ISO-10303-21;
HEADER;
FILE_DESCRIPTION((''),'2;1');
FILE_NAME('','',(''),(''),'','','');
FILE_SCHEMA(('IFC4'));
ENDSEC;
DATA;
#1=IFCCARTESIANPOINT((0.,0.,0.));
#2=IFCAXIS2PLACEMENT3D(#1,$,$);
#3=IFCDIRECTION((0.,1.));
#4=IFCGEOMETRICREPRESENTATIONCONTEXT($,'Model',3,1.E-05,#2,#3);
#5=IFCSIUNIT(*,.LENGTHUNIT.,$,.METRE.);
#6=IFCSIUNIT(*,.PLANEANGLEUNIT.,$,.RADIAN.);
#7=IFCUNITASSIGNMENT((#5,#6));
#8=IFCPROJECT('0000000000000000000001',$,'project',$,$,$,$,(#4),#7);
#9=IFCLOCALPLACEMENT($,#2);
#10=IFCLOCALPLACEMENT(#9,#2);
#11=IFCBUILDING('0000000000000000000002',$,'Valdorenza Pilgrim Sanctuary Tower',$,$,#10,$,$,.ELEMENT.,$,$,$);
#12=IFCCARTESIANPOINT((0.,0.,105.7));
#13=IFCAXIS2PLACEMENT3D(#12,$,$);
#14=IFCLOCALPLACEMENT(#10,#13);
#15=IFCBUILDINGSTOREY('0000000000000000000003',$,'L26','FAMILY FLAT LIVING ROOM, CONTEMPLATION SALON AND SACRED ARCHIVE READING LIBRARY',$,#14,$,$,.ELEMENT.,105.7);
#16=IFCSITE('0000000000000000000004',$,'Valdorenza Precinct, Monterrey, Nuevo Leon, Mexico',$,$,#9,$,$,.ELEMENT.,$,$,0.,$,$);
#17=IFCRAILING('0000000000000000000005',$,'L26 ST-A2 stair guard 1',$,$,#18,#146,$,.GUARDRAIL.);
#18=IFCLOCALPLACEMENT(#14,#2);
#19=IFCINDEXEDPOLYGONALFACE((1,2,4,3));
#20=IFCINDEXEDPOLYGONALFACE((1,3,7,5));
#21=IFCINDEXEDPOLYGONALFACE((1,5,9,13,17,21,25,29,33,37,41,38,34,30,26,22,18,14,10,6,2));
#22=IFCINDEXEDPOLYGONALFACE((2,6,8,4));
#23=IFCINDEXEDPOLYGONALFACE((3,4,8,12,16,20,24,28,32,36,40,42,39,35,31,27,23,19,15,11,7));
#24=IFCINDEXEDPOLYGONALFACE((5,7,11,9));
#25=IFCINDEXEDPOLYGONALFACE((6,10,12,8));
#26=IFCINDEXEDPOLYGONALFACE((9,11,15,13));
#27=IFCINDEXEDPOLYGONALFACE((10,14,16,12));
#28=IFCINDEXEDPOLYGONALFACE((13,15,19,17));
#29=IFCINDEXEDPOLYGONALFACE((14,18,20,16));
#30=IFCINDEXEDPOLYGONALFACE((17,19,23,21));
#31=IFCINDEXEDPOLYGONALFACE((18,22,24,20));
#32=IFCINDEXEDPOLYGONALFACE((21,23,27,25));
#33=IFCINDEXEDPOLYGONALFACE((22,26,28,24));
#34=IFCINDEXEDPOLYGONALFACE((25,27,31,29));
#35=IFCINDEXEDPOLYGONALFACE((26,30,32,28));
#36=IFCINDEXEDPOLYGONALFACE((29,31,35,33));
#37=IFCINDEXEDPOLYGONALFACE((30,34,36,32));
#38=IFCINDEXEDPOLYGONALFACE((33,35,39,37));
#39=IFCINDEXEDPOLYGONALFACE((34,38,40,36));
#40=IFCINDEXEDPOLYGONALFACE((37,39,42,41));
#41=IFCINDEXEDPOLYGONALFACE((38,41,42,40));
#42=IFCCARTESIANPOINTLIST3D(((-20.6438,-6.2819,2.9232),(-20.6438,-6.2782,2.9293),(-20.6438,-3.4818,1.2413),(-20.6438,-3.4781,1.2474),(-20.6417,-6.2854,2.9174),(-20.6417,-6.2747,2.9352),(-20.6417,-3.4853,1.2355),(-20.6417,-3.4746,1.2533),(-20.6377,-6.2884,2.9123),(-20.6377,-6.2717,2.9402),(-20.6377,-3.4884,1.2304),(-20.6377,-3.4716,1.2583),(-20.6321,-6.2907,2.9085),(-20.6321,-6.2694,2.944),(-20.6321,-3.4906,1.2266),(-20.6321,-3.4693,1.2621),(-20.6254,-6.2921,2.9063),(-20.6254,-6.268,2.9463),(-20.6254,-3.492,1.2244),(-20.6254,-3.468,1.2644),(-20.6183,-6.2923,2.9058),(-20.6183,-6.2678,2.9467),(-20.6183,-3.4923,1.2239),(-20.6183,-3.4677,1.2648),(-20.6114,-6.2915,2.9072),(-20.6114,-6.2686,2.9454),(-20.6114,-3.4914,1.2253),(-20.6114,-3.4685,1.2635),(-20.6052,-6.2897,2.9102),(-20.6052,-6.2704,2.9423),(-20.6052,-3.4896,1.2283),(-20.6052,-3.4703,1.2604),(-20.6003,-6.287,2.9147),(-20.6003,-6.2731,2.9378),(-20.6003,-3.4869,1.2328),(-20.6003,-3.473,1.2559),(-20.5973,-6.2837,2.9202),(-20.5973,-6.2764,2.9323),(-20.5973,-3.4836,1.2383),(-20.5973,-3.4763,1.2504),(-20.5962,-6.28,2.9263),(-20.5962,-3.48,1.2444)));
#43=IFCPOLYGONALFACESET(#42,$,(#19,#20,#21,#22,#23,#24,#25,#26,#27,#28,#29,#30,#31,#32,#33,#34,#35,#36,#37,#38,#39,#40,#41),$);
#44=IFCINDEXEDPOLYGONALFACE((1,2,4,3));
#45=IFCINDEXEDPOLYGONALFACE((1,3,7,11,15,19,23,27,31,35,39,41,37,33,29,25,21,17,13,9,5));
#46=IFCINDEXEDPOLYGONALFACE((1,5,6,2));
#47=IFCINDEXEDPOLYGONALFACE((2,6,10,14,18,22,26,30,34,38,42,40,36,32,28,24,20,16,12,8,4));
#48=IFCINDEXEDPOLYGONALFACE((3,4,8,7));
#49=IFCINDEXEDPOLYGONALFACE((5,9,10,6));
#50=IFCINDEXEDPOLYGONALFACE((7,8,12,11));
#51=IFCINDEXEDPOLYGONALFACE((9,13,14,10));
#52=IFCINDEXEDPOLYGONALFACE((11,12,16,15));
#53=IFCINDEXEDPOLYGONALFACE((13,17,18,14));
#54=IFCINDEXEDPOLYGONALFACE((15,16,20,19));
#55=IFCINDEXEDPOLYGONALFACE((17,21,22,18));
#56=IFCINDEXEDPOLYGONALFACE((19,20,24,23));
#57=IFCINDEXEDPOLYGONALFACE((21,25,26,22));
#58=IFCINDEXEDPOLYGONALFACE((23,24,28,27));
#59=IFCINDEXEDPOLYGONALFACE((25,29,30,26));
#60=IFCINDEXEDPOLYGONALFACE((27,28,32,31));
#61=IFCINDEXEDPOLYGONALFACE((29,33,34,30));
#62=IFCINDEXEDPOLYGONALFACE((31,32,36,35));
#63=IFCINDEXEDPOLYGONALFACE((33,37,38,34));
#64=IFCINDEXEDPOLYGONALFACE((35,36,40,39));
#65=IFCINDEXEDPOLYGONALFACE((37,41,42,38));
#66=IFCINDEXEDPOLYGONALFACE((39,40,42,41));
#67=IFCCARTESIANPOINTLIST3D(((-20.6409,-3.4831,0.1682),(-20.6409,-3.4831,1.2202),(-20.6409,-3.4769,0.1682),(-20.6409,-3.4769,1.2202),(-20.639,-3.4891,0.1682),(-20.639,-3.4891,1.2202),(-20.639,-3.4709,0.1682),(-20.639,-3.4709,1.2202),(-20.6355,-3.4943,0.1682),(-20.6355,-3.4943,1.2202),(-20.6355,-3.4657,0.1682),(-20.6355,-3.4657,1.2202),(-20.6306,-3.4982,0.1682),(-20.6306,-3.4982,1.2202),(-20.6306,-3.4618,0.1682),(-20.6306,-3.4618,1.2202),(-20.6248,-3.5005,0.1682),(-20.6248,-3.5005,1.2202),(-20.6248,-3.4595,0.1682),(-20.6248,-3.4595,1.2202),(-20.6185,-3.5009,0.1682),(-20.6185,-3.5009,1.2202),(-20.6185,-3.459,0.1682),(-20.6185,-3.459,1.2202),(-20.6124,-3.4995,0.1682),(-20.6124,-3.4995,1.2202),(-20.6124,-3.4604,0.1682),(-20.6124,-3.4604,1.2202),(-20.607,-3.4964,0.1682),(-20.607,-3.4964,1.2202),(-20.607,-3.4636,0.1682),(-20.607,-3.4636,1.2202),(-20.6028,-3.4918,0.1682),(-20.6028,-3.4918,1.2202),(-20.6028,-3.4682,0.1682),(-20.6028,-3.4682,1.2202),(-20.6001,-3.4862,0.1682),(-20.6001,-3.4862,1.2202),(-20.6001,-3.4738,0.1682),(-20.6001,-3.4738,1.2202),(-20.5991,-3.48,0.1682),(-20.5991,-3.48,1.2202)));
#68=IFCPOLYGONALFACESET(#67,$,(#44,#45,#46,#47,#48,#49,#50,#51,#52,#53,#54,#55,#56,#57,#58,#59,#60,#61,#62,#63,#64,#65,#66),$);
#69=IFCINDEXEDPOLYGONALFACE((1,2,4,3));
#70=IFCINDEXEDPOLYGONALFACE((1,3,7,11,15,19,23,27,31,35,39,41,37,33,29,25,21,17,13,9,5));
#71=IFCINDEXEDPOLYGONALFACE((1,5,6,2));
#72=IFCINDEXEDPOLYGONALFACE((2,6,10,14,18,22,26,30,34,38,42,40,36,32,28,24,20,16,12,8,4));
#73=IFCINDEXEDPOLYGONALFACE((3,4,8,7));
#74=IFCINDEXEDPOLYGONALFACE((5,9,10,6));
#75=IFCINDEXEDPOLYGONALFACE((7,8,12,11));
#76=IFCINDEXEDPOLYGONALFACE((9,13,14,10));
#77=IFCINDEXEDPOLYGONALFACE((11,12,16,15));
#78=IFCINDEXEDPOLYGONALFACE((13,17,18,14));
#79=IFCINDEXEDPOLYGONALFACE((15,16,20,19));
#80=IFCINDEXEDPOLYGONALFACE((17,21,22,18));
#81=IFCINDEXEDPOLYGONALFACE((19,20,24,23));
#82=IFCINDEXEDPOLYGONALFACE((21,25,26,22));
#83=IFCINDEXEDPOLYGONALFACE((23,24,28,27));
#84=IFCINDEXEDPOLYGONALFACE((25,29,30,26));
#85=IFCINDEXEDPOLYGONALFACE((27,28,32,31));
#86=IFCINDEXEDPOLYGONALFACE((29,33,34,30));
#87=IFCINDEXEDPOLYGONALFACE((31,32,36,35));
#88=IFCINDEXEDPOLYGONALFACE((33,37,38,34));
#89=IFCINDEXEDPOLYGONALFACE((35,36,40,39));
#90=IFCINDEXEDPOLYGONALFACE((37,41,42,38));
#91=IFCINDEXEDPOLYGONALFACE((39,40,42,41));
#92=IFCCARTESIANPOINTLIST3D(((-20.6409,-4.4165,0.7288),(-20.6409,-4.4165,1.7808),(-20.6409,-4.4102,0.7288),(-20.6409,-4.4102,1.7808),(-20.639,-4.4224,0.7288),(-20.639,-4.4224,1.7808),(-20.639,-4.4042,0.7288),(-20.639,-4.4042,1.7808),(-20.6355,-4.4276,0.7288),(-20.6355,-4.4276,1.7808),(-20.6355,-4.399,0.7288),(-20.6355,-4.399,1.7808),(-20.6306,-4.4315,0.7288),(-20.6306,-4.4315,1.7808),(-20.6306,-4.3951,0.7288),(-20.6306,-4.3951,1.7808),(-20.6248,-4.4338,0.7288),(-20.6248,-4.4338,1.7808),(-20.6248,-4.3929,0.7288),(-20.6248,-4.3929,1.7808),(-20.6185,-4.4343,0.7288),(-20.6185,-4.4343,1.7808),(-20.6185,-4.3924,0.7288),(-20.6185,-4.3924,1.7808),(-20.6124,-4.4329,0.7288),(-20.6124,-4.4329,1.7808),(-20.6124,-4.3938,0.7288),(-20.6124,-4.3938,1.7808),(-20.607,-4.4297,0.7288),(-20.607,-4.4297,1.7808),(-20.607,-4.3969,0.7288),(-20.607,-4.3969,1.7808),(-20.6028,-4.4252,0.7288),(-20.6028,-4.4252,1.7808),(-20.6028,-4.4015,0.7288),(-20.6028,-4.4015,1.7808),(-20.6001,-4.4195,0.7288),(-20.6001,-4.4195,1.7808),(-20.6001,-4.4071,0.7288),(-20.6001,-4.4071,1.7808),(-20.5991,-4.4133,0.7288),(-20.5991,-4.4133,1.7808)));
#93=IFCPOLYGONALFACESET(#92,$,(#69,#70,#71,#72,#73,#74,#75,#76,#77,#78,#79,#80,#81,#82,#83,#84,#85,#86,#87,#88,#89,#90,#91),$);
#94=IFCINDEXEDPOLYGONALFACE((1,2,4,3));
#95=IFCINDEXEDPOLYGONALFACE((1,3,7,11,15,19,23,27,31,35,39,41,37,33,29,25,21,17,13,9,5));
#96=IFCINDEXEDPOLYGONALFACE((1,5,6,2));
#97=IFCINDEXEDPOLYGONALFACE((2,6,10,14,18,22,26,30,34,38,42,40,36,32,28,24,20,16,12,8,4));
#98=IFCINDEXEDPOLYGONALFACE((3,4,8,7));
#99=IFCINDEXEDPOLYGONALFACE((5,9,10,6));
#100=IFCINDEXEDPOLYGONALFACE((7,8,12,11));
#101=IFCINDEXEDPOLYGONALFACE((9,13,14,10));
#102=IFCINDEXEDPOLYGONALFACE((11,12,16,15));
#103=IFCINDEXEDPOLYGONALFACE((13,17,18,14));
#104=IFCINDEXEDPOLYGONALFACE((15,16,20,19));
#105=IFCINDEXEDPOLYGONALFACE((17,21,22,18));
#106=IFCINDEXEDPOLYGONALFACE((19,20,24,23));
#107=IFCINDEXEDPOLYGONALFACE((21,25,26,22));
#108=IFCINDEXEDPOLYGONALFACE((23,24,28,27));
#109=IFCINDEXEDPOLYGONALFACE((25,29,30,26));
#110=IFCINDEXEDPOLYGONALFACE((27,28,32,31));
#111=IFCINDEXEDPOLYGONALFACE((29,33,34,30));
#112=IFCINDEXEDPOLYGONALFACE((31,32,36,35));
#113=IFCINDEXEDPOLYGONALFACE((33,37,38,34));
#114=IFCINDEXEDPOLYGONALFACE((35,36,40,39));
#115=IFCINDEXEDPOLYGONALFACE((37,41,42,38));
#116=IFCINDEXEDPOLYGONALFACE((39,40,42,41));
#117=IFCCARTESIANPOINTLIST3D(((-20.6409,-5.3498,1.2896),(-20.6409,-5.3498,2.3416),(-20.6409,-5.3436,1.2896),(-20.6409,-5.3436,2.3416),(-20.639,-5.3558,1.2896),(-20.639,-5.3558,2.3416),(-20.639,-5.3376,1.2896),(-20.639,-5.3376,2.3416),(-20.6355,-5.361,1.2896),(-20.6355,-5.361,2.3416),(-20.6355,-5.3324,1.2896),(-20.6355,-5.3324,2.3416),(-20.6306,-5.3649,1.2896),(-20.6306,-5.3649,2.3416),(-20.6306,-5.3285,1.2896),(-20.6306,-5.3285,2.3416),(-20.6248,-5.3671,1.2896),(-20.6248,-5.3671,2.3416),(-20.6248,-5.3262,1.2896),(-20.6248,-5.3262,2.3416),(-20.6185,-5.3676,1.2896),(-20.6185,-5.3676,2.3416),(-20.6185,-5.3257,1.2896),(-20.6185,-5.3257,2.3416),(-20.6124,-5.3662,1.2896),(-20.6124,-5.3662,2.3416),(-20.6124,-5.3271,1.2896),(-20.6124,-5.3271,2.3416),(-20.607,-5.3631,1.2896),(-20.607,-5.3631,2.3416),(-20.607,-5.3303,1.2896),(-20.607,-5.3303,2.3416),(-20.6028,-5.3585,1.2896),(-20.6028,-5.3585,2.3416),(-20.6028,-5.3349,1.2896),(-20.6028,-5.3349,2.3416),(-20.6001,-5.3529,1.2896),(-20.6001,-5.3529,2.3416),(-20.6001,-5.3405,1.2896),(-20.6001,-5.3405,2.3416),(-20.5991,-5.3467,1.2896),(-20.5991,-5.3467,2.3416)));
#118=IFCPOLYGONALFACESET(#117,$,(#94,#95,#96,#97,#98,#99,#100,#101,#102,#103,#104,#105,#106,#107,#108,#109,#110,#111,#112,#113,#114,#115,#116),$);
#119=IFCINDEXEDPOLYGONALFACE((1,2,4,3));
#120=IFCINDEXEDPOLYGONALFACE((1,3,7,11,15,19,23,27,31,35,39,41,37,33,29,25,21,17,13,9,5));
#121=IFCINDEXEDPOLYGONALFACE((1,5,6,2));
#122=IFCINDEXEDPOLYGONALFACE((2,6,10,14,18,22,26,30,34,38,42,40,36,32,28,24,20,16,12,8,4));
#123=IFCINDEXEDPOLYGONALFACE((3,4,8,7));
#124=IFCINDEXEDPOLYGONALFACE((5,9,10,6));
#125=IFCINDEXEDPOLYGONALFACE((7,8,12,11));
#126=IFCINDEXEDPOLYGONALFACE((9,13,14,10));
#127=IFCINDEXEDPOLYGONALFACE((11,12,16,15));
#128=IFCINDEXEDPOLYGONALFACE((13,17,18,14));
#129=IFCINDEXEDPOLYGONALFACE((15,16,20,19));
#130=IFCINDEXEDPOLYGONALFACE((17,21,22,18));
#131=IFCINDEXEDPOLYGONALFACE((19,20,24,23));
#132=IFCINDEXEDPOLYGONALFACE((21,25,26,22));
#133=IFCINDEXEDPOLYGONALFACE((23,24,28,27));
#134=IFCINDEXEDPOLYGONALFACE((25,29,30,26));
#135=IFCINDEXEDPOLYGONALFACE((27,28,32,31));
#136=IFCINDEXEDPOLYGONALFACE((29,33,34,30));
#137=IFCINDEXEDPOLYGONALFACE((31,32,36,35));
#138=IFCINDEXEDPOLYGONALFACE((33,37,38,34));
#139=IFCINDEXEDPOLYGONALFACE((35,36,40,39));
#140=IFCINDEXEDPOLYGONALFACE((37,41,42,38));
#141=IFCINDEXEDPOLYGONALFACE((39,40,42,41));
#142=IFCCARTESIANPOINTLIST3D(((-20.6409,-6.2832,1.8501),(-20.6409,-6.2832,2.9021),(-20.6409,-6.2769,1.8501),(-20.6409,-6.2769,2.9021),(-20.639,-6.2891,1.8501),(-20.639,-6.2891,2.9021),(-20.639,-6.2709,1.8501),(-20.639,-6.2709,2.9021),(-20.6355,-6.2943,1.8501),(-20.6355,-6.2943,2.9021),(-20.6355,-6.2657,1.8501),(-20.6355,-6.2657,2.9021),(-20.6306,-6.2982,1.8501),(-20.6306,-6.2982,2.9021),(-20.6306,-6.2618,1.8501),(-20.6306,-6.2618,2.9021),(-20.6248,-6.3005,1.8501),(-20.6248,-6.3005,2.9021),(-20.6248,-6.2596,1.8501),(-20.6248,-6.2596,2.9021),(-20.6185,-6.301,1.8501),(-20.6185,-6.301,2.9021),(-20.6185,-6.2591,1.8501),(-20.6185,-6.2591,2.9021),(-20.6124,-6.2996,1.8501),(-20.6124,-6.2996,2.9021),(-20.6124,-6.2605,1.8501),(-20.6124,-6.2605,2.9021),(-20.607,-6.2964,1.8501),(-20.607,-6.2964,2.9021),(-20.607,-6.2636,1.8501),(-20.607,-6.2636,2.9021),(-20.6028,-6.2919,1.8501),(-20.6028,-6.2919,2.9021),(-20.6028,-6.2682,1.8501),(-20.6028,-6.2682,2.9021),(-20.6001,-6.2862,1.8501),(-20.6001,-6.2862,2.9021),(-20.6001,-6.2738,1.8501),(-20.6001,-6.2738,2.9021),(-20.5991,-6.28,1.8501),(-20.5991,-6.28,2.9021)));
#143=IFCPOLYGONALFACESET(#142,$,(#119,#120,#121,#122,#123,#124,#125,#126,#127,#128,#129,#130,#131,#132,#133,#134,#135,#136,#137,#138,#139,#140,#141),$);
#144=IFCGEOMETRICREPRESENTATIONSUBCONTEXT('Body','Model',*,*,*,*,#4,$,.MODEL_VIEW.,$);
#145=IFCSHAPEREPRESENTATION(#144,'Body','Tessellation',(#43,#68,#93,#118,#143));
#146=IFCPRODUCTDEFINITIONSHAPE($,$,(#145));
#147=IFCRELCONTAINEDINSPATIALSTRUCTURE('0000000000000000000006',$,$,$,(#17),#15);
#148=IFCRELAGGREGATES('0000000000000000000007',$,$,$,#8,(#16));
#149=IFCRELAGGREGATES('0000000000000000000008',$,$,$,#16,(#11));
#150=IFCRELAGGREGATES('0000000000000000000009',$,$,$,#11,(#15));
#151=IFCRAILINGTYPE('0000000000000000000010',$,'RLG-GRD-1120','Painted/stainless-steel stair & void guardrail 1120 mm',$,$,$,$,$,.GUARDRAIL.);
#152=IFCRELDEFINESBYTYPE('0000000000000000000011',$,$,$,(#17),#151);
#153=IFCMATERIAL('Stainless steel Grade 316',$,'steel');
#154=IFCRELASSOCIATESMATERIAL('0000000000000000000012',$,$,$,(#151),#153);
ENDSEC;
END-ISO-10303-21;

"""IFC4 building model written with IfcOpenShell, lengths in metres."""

from ifc_helpers import new_model, si_unit, direction, frame, origin, origin_2d, place, context, subcontext, project, spatial, circle, extrude, material, type_object, element, save


model = new_model("IFC4")

# Units and contexts
model_context = context("Model", 3, precision=1e-05, world=origin(), true_north=direction((0.0, 1.0)))
body_context = subcontext(model_context, "Body", "Model", "MODEL_VIEW")
ifc_project = project(units=[si_unit("LENGTHUNIT", "METRE"), si_unit("PLANEANGLEUNIT", "RADIAN")], contexts=[model_context])

# Site, building, storey
site_placement = place(None, origin())
site = spatial("IfcSite", under=ifc_project, at=site_placement, Name="Valdorenza Precinct, Monterrey, Nuevo Leon, Mexico", CompositionType="ELEMENT", RefElevation=0.0)
building_placement = place(site_placement, origin())
building = spatial("IfcBuilding", under=site, at=building_placement, Name="Valdorenza Pilgrim Sanctuary Tower", CompositionType="ELEMENT")
storey_placement = place(building_placement, frame((0.0, 0.0, 105.7)))
storey = spatial("IfcBuildingStorey", under=building, at=storey_placement, Name="L26", Description="FAMILY FLAT LIVING ROOM, CONTEMPLATION SALON AND SACRED ARCHIVE READING LIBRARY", CompositionType="ELEMENT", Elevation=105.7)

# Railing
ifc_material_1 = material(Name="Stainless steel Grade 316", Category="steel")
railing_type_1 = type_object("IfcRailingType", Name="RLG-GRD-1120", Description="Painted/stainless-steel stair & void guardrail 1120 mm", PredefinedType="GUARDRAIL", material=ifc_material_1)
railing_1_placement = place(storey_placement, frame((-20.6201, -3.48, 0.1682)))
element("IfcRailing", 1, at=railing_1_placement, inside=storey, type_object=railing_type_1, Name="L26 ST-A2 stair guard 1", PredefinedType="GUARDRAIL", context=body_context, shape_type="SweptSolid", body=[
    extrude(circle(Radius=0.0239, at=origin_2d()), frame((0.0, 0.0, 1.0762), z_axis=(0.0, -0.857242, 0.514913), x_axis=(1.0, 0.0, 0.0)), (0.0, 0.0, 1.0), 3.2664),
    extrude(circle(Radius=0.021, at=origin_2d()), origin(), (0.0, 0.0, 1.0), 1.052),
    extrude(circle(Radius=0.021, at=origin_2d()), frame((0.0, -0.9333, 0.5605)), (0.0, 0.0, 1.0), 1.052),
    extrude(circle(Radius=0.021, at=origin_2d()), frame((0.0, -1.8667, 1.1213)), (0.0, 0.0, 1.0), 1.052),
    extrude(circle(Radius=0.021, at=origin_2d()), frame((0.0, -2.8, 1.6819)), (0.0, 0.0, 1.0), 1.052),
])

save(model, "model.ifc")
